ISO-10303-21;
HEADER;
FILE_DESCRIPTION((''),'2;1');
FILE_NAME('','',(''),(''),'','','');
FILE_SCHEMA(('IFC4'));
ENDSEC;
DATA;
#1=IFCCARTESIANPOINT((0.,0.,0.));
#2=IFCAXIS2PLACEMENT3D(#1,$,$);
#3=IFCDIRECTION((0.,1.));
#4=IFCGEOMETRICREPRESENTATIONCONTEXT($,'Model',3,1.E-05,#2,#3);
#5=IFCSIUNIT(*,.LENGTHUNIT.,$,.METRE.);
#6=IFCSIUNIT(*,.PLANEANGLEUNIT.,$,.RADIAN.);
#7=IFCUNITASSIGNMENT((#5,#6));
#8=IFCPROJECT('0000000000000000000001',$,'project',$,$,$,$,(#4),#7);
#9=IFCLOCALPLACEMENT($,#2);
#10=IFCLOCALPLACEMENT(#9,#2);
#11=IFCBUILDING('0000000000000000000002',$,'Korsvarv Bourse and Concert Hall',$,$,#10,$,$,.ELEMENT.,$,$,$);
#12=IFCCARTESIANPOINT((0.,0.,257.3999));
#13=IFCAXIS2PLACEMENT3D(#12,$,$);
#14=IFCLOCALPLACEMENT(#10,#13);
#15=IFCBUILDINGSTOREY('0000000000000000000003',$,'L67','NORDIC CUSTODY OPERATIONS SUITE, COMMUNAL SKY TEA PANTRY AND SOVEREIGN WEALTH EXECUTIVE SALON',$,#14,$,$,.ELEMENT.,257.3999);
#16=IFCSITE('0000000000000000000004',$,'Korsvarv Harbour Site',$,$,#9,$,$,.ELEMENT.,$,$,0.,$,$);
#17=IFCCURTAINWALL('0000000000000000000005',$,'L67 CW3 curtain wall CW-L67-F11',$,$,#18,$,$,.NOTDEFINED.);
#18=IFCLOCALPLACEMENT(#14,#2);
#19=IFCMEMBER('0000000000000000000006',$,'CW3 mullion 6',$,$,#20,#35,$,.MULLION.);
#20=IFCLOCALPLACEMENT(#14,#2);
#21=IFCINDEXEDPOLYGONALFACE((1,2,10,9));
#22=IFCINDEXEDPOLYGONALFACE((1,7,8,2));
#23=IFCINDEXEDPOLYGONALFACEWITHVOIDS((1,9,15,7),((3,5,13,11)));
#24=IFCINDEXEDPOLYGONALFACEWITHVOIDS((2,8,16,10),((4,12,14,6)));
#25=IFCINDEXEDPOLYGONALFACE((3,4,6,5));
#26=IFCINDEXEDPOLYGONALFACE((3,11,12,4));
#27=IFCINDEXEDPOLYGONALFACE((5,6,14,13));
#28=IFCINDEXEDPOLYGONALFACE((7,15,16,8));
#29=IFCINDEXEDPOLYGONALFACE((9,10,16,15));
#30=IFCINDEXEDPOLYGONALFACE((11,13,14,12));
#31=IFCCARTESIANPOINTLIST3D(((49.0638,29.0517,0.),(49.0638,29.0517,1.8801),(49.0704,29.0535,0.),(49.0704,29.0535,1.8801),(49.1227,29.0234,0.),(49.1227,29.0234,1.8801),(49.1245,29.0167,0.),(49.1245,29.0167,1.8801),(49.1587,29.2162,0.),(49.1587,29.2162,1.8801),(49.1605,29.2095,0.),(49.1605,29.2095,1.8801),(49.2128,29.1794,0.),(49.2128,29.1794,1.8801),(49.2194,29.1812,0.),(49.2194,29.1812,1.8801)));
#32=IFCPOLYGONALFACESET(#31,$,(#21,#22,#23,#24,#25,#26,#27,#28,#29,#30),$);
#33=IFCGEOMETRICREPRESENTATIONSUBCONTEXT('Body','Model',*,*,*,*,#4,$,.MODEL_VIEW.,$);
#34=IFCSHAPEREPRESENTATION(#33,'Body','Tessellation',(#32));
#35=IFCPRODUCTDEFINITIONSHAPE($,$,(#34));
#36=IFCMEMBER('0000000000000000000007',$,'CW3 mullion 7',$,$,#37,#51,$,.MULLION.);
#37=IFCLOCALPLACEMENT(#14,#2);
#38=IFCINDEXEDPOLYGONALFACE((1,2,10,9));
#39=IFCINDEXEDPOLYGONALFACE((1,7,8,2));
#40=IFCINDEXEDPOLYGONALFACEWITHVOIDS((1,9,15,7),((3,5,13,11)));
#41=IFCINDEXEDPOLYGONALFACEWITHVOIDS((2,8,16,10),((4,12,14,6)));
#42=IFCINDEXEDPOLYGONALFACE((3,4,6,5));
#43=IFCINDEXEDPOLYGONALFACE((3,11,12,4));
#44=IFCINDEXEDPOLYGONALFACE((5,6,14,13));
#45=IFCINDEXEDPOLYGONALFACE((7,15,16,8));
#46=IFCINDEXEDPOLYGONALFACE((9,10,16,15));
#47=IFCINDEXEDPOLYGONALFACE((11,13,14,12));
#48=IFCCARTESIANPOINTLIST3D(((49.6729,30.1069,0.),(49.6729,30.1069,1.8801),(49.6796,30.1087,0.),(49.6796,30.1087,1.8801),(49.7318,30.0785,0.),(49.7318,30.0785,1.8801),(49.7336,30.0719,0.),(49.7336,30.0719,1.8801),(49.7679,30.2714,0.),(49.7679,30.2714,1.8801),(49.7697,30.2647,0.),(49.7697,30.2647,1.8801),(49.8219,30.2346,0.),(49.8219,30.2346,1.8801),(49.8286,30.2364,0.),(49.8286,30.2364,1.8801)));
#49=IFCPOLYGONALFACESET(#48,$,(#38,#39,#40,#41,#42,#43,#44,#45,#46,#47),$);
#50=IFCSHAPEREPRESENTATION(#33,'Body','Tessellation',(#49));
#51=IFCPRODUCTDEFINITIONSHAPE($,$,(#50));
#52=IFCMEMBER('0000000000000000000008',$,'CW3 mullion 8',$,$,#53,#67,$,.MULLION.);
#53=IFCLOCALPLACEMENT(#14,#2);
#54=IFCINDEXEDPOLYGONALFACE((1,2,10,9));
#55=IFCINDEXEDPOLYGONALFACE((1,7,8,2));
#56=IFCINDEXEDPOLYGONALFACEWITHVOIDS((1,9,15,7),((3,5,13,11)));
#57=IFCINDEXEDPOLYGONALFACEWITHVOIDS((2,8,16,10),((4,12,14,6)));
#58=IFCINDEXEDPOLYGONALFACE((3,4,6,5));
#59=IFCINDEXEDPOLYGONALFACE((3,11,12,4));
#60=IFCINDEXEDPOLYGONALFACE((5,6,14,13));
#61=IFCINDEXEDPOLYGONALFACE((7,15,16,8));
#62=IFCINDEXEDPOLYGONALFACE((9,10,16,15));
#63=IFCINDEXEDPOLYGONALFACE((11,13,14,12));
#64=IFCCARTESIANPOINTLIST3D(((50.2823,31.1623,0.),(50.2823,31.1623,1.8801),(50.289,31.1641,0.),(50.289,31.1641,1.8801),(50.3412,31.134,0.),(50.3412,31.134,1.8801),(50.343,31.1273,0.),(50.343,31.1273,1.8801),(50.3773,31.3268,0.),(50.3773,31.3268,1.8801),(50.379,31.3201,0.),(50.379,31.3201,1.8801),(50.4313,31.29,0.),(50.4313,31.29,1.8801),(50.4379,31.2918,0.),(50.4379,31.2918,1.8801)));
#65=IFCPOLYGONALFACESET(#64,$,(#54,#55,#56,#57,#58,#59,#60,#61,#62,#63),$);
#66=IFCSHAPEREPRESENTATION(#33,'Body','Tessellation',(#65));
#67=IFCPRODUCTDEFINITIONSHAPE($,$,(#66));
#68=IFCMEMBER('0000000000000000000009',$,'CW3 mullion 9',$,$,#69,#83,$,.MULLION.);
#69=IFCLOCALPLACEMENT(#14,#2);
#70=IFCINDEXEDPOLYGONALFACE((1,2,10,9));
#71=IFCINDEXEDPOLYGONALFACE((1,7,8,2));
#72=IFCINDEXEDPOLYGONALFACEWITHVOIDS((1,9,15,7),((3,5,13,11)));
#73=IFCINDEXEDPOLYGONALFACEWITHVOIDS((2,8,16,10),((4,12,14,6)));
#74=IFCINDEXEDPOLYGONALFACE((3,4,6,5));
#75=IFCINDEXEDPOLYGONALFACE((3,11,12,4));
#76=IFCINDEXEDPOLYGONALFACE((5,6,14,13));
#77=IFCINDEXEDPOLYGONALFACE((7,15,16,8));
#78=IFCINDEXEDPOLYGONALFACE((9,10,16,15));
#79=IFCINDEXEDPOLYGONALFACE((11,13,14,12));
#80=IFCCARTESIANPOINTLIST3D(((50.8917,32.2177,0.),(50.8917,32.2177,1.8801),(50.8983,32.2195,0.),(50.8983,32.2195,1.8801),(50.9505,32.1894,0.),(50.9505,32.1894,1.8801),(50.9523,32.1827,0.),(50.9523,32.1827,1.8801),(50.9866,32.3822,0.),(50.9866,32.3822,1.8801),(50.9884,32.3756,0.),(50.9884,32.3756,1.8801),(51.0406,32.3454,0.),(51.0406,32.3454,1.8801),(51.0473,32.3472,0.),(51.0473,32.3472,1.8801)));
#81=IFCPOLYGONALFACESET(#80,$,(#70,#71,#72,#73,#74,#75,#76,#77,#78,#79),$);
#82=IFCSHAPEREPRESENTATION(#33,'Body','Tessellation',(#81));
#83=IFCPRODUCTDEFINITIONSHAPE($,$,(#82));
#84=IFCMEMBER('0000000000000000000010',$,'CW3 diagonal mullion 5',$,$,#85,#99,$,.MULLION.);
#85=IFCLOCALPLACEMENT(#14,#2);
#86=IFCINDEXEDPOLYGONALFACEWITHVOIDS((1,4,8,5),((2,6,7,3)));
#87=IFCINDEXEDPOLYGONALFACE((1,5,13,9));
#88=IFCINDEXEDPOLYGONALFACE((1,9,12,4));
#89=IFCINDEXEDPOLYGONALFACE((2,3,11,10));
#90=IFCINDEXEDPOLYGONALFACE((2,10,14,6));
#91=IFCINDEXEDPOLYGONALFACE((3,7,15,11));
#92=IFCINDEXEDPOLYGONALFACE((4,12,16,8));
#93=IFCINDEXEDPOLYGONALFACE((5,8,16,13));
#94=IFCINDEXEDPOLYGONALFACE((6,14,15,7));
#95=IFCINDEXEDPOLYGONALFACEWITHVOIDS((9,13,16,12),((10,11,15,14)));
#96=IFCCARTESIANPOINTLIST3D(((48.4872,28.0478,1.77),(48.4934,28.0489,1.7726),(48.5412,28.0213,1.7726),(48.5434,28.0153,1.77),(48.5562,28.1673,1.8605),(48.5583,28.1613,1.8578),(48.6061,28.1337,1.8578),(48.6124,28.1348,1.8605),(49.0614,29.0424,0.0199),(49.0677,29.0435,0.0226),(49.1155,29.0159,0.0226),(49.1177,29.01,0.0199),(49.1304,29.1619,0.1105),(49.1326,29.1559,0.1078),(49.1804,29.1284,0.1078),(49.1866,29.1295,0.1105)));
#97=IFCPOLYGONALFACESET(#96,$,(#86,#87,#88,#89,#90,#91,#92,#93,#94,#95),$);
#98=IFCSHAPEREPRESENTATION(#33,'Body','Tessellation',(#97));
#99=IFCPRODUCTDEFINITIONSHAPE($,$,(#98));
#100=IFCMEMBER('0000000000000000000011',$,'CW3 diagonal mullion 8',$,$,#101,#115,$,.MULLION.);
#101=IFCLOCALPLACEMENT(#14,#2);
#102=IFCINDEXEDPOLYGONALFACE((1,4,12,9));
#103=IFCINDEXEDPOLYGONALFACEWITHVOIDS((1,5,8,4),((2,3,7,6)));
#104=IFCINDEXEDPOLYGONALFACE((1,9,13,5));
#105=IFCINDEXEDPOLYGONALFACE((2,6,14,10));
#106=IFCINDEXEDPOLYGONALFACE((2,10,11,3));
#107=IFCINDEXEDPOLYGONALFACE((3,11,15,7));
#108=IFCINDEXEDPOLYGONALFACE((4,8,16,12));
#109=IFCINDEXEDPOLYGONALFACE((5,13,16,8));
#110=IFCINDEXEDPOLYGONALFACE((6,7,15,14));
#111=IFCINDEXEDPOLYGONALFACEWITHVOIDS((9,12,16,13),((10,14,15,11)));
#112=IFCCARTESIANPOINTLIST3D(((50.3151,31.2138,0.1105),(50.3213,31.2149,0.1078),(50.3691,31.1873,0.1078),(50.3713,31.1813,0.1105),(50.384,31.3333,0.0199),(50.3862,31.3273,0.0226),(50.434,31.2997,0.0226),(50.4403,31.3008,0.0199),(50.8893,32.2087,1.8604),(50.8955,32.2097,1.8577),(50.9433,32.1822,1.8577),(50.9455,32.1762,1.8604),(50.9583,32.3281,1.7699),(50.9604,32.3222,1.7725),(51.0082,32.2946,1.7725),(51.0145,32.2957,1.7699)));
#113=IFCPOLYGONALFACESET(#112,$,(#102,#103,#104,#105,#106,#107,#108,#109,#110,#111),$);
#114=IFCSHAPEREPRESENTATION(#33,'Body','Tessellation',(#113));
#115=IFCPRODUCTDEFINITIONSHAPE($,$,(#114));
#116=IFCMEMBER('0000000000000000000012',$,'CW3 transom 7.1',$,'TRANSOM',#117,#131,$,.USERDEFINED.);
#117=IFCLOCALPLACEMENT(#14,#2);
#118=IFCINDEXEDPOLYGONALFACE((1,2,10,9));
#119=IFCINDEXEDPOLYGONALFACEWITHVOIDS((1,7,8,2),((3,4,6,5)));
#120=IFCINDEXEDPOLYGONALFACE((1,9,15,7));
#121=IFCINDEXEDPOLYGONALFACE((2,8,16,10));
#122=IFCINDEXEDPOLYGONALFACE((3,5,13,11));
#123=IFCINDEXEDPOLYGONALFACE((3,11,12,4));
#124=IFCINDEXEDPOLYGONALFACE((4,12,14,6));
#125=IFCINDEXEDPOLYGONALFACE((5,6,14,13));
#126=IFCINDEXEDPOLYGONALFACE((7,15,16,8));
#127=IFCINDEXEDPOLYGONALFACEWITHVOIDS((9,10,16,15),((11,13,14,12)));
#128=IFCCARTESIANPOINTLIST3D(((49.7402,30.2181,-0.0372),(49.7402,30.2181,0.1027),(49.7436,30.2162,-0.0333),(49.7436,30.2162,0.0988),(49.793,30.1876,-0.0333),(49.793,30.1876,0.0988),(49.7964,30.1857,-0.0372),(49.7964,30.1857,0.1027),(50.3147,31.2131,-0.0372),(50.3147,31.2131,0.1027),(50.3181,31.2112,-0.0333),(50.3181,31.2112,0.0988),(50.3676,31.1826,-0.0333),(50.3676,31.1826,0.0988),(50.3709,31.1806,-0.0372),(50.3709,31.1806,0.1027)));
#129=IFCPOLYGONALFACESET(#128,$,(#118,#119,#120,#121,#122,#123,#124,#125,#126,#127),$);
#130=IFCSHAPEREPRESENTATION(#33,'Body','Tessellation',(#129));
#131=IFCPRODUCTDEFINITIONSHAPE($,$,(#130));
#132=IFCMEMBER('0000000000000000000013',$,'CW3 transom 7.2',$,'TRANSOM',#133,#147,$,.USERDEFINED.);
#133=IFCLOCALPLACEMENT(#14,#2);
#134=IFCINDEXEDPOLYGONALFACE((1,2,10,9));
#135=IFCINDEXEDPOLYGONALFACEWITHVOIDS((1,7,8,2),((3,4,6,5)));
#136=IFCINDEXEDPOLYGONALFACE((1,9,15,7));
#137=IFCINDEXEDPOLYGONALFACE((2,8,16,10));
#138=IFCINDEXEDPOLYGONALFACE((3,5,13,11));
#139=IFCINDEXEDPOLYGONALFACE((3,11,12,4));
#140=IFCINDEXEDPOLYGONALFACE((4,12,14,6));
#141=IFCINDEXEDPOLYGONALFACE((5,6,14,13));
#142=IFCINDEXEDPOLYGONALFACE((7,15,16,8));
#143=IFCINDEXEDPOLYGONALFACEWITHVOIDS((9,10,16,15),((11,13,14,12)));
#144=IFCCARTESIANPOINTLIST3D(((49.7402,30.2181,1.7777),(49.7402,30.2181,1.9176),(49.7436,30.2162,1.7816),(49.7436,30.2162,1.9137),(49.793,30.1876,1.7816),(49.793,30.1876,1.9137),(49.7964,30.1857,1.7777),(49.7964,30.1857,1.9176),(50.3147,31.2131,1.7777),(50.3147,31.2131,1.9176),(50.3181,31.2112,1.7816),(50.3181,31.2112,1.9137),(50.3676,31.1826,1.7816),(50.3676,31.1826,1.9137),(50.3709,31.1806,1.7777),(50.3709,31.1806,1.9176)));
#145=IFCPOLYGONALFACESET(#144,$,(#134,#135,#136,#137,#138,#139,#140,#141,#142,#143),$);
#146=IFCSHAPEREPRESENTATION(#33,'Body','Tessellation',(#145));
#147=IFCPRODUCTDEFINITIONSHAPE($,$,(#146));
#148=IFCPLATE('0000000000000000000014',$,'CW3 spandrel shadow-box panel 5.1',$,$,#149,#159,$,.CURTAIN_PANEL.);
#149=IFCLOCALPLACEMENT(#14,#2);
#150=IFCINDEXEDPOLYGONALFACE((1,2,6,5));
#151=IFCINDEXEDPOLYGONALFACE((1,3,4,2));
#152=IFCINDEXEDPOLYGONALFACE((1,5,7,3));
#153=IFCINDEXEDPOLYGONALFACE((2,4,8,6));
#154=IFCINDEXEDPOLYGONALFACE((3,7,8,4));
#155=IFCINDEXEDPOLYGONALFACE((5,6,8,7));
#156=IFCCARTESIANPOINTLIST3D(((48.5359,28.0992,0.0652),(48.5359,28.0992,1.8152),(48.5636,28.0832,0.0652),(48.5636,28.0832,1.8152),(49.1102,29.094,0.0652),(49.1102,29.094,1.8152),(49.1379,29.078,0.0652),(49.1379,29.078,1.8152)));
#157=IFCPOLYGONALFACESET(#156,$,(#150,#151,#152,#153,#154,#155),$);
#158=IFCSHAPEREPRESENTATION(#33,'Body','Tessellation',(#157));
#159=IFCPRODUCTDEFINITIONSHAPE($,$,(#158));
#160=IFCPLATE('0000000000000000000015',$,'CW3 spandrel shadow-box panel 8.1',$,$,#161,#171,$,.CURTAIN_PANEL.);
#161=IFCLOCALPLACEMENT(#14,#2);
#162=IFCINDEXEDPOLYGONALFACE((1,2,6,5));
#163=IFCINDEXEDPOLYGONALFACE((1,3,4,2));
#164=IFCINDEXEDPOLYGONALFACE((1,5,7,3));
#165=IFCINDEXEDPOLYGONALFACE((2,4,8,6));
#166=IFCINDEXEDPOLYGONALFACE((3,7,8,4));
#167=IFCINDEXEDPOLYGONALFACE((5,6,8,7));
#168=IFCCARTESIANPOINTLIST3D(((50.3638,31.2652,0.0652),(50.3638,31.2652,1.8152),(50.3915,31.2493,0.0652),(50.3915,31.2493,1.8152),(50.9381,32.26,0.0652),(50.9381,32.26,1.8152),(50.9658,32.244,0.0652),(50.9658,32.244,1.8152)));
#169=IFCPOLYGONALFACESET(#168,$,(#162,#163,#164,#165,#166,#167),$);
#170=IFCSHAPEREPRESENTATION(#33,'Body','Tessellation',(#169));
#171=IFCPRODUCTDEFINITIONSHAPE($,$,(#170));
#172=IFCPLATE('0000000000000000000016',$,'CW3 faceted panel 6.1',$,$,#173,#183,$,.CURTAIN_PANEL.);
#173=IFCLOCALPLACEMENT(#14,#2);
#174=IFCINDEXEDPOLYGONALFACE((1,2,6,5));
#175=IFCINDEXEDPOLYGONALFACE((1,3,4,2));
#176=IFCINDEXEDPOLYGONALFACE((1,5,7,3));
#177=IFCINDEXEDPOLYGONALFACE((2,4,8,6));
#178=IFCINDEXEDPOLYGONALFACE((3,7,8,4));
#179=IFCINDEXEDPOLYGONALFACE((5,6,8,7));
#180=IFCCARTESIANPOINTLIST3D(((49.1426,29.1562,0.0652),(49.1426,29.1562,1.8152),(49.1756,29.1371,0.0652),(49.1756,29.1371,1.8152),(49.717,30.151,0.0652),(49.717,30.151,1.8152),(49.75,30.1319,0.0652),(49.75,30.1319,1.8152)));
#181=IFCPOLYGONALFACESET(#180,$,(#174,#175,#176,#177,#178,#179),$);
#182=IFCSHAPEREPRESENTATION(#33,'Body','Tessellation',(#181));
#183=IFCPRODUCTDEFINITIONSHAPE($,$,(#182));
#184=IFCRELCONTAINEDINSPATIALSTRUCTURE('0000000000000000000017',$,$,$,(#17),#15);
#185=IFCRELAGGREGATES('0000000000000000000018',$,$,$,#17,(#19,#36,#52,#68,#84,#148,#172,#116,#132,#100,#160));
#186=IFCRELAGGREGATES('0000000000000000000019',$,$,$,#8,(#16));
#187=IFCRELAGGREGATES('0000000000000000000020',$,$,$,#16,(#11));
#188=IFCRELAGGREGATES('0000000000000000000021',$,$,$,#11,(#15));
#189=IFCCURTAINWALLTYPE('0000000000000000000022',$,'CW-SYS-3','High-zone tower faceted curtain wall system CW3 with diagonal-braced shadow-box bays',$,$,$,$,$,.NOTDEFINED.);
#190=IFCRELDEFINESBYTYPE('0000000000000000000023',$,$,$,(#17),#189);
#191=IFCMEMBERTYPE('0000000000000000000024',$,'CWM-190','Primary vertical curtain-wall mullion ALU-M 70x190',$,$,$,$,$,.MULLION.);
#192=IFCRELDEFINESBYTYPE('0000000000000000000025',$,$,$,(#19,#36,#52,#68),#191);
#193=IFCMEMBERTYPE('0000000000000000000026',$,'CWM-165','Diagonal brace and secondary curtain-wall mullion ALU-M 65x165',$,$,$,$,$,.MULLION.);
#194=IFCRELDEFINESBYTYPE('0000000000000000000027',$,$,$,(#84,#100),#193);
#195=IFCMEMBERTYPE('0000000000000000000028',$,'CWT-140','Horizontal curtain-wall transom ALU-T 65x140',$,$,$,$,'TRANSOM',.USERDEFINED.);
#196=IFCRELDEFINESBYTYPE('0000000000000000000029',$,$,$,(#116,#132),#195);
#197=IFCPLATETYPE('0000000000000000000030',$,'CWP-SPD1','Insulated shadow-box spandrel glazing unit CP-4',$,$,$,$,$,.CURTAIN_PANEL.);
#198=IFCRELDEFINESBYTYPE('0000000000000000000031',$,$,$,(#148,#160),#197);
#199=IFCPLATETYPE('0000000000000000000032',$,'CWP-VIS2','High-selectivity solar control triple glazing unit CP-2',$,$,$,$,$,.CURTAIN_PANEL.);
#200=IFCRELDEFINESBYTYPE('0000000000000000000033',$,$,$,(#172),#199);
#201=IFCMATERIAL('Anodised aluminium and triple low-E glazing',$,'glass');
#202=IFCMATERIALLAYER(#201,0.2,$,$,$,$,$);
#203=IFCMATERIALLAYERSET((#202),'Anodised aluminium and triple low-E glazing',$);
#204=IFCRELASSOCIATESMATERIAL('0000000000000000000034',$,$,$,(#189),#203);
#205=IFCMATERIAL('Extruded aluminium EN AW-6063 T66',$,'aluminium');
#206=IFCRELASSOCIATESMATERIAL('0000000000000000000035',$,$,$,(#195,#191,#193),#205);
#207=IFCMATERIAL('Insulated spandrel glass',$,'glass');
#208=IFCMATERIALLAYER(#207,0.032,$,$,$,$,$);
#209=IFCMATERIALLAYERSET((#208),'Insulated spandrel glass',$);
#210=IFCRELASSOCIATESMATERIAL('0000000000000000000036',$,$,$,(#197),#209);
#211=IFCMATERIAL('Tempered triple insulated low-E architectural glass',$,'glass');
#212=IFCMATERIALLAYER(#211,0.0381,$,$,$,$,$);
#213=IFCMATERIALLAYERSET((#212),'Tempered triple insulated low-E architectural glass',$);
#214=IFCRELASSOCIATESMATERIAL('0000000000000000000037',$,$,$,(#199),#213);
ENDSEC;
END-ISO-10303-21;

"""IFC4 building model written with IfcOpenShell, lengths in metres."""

from ifc_helpers import new_model, si_unit, direction, frame, origin, origin_2d, place, context, subcontext, project, spatial, rectangle, hollow_rectangle, extrude, source, transform, mapped, material, layer, layer_set, material_profile, profile_set, type_object, element, aggregate, save


model = new_model("IFC4")

# Units and contexts
model_context = context("Model", 3, precision=1e-05, world=origin(), true_north=direction((0.0, 1.0)))
body_context = subcontext(model_context, "Body", "Model", "MODEL_VIEW")
ifc_project = project(units=[si_unit("LENGTHUNIT", "METRE"), si_unit("PLANEANGLEUNIT", "RADIAN")], contexts=[model_context])

# Site, building, storey
site_placement = place(None, origin())
site = spatial("IfcSite", under=ifc_project, at=site_placement, Name="Korsvarv Harbour Site", CompositionType="ELEMENT", RefElevation=0.0)
building_placement = place(site_placement, origin())
building = spatial("IfcBuilding", under=site, at=building_placement, Name="Korsvarv Bourse and Concert Hall", CompositionType="ELEMENT")
storey_placement = place(building_placement, frame((0.0, 0.0, 257.3999)))
storey = spatial("IfcBuildingStorey", under=building, at=storey_placement, Name="L67", Description="NORDIC CUSTODY OPERATIONS SUITE, COMMUNAL SKY TEA PANTRY AND SOVEREIGN WEALTH EXECUTIVE SALON", CompositionType="ELEMENT", Elevation=257.3999)

# Curtain wall, members, plates
ifc_material_1 = material(Name="Anodised aluminium and triple low-E glazing", Category="glass")
ifc_layer_1 = layer(ifc_material_1, 0.2)
ifc_layer_set_1 = layer_set([ifc_layer_1], Name="Anodised aluminium and triple low-E glazing")
curtain_wall_type = type_object("IfcCurtainWallType", Name="CW-SYS-3", Description="High-zone tower faceted curtain wall system CW3 with diagonal-braced shadow-box bays", PredefinedType="NOTDEFINED", material=ifc_layer_set_1)
curtain_wall_placement = place(storey_placement, origin())
curtain_wall = element("IfcCurtainWall", 1, at=curtain_wall_placement, inside=storey, type_object=curtain_wall_type, Name="L67 CW3 curtain wall CW-L67-F11", PredefinedType="NOTDEFINED")
ifc_material_2 = material(Name="Extruded aluminium EN AW-6063 T66", Category="aluminium")
ifc_material_profile_1 = material_profile(ifc_material_2, hollow_rectangle(XDim=0.0649, YDim=0.1399, WallThickness=0.0039, at=origin_2d()), Name="ALU-T 65x140")
ifc_profile_set_1 = profile_set([ifc_material_profile_1], Name="Extruded aluminium EN AW-6063 T66")
member_type_1 = type_object("IfcMemberType", Name="CWT-140", Description="Horizontal curtain-wall transom ALU-T 65x140", ElementType="TRANSOM", PredefinedType="USERDEFINED", material=ifc_profile_set_1)
ifc_material_profile_2 = material_profile(ifc_material_2, hollow_rectangle(XDim=0.0701, YDim=0.1899, WallThickness=0.0049, at=origin_2d()), Name="ALU-M 70x190")
ifc_profile_set_2 = profile_set([ifc_material_profile_2], Name="Extruded aluminium EN AW-6063 T66")
member_type_2 = type_object("IfcMemberType", Name="CWM-190", Description="Primary vertical curtain-wall mullion ALU-M 70x190", PredefinedType="MULLION", material=ifc_profile_set_2)
shared_shape_1 = source(origin(), body_context, "Body", "SweptSolid", [
    extrude(hollow_rectangle(XDim=0.0701, YDim=0.1899, WallThickness=0.0049, at=origin_2d()), origin(), (0.0, 0.0, 1.0), 1.8801),
])
member_1_placement = place(storey_placement, frame((49.1416, 29.1165, 0.0), z_axis=(0.0, 0.0, 1.0), x_axis=(-0.866023, 0.500004, 0.0)))
member_1 = element("IfcMember", 2, at=member_1_placement, type_object=member_type_2, Name="CW3 mullion 6", PredefinedType="MULLION", context=body_context, shape_type="MappedRepresentation", body=[
    mapped(shared_shape_1, transform((0.0, 0.0, 0.0), scale=1.0)),
])
member_2_placement = place(storey_placement, frame((49.7507, 30.1716, 0.0), z_axis=(0.0, 0.0, 1.0), x_axis=(-0.866023, 0.500004, 0.0)))
member_2 = element("IfcMember", 3, at=member_2_placement, type_object=member_type_2, Name="CW3 mullion 7", PredefinedType="MULLION", context=body_context, shape_type="MappedRepresentation", body=[
    mapped(shared_shape_1, transform((0.0, 0.0, 0.0), scale=1.0)),
])
member_3_placement = place(storey_placement, frame((50.3601, 31.2271, 0.0), z_axis=(0.0, 0.0, 1.0), x_axis=(-0.866023, 0.500004, 0.0)))
member_3 = element("IfcMember", 4, at=member_3_placement, type_object=member_type_2, Name="CW3 mullion 8", PredefinedType="MULLION", context=body_context, shape_type="MappedRepresentation", body=[
    mapped(shared_shape_1, transform((0.0, 0.0, 0.0), scale=1.0)),
])
member_4_placement = place(storey_placement, frame((50.9695, 32.2825, 0.0), z_axis=(0.0, 0.0, 1.0), x_axis=(-0.866023, 0.500004, 0.0)))
member_4 = element("IfcMember", 5, at=member_4_placement, type_object=member_type_2, Name="CW3 mullion 9", PredefinedType="MULLION", context=body_context, shape_type="MappedRepresentation", body=[
    mapped(shared_shape_1, transform((0.0, 0.0, 0.0), scale=1.0)),
])
ifc_material_profile_3 = material_profile(ifc_material_2, hollow_rectangle(XDim=0.0649, YDim=0.165, WallThickness=0.0049, at=origin_2d()), Name="ALU-M 65x165")
ifc_profile_set_3 = profile_set([ifc_material_profile_3], Name="Extruded aluminium EN AW-6063 T66")
member_type_3 = type_object("IfcMemberType", Name="CWM-165", Description="Diagonal brace and secondary curtain-wall mullion ALU-M 65x165", PredefinedType="MULLION", material=ifc_profile_set_3)
shared_shape_2 = source(origin(), body_context, "Body", "SweptSolid", [
    extrude(hollow_rectangle(XDim=0.0649, YDim=0.165, WallThickness=0.0049, at=origin_2d()), origin(), (0.0, 0.0, 1.0), 2.0933),
])
member_5_placement = place(storey_placement, frame((49.124, 29.0859, 0.0652), z_axis=(-0.274325, -0.47517, 0.836038), x_axis=(0.866037, -0.49998, 0.0)))
member_5 = element("IfcMember", 6, at=member_5_placement, type_object=member_type_3, Name="CW3 diagonal mullion 5", PredefinedType="MULLION", context=body_context, shape_type="MappedRepresentation", body=[
    mapped(shared_shape_2, transform((0.0, 0.0, 0.0), scale=1.0)),
])
member_6_placement = place(storey_placement, frame((50.3777, 31.2573, 0.0652), z_axis=(0.27431, 0.47526, 0.835992), x_axis=(-0.86609, 0.499888, 0.0)))
member_6 = element("IfcMember", 7, at=member_6_placement, type_object=member_type_3, Name="CW3 diagonal mullion 8", PredefinedType="MULLION", context=body_context, shape_type="MappedRepresentation", body=[
    mapped(shared_shape_2, transform((0.0, 0.0, 0.0), scale=1.0)),
])
shared_shape_3 = source(origin(), body_context, "Body", "SweptSolid", [
    extrude(hollow_rectangle(XDim=0.0649, YDim=0.1399, WallThickness=0.0039, at=origin_2d()), origin(), (0.0, 0.0, 1.0), 1.1489),
])
member_7_placement = place(storey_placement, frame((49.7683, 30.2019, 0.0327), z_axis=(0.500047, 0.865998, 0.0), x_axis=(-0.865998, 0.500047, 0.0)))
member_7 = element("IfcMember", 8, at=member_7_placement, type_object=member_type_1, Name="CW3 transom 7.1", ObjectType="TRANSOM", PredefinedType="USERDEFINED", context=body_context, shape_type="MappedRepresentation", body=[
    mapped(shared_shape_3, transform((0.0, 0.0, 0.0), scale=1.0)),
])
member_8_placement = place(storey_placement, frame((49.7683, 30.2019, 1.8477), z_axis=(0.500047, 0.865998, 0.0), x_axis=(-0.865998, 0.500047, 0.0)))
member_8 = element("IfcMember", 9, at=member_8_placement, type_object=member_type_1, Name="CW3 transom 7.2", ObjectType="TRANSOM", PredefinedType="USERDEFINED", context=body_context, shape_type="MappedRepresentation", body=[
    mapped(shared_shape_3, transform((0.0, 0.0, 0.0), scale=1.0)),
])
ifc_material_3 = material(Name="Insulated spandrel glass", Category="glass")
ifc_layer_2 = layer(ifc_material_3, 0.032)
ifc_layer_set_2 = layer_set([ifc_layer_2], Name="Insulated spandrel glass")
plate_type_1 = type_object("IfcPlateType", Name="CWP-SPD1", Description="Insulated shadow-box spandrel glazing unit CP-4", PredefinedType="CURTAIN_PANEL", material=ifc_layer_set_2)
shared_shape_4 = source(origin(), body_context, "Body", "SweptSolid", [
    extrude(rectangle(XDim=1.1487, YDim=0.032, at=origin_2d()), origin(), (0.0, 0.0, 1.0), 1.75),
])
plate_1_placement = place(storey_placement, frame((48.8369, 28.5886, 0.0652), z_axis=(0.0, 0.0, 1.0), x_axis=(0.500004, 0.866023, 0.0)))
plate_1 = element("IfcPlate", 10, at=plate_1_placement, type_object=plate_type_1, Name="CW3 spandrel shadow-box panel 5.1", PredefinedType="CURTAIN_PANEL", context=body_context, shape_type="MappedRepresentation", body=[
    mapped(shared_shape_4, transform((0.0, 0.0, 0.0), scale=1.0)),
])
plate_2_placement = place(storey_placement, frame((50.6648, 31.7546, 0.0652), z_axis=(0.0, 0.0, 1.0), x_axis=(0.500004, 0.866023, 0.0)))
plate_2 = element("IfcPlate", 11, at=plate_2_placement, type_object=plate_type_1, Name="CW3 spandrel shadow-box panel 8.1", PredefinedType="CURTAIN_PANEL", context=body_context, shape_type="MappedRepresentation", body=[
    mapped(shared_shape_4, transform((0.0, 0.0, 0.0), scale=1.0)),
])
ifc_material_4 = material(Name="Tempered triple insulated low-E architectural glass", Category="glass")
ifc_layer_3 = layer(ifc_material_4, 0.0381)
ifc_layer_set_3 = layer_set([ifc_layer_3], Name="Tempered triple insulated low-E architectural glass")
plate_type_2 = type_object("IfcPlateType", Name="CWP-VIS2", Description="High-selectivity solar control triple glazing unit CP-2", PredefinedType="CURTAIN_PANEL", material=ifc_layer_set_3)
shared_shape_5 = source(origin(), body_context, "Body", "SweptSolid", [
    extrude(rectangle(XDim=1.1487, YDim=0.0381, at=origin_2d()), origin(), (0.0, 0.0, 1.0), 1.75),
])
plate_3_placement = place(storey_placement, frame((49.4463, 29.644, 0.0652), z_axis=(0.0, 0.0, 1.0), x_axis=(0.500004, 0.866023, 0.0)))
plate_3 = element("IfcPlate", 12, at=plate_3_placement, type_object=plate_type_2, Name="CW3 faceted panel 6.1", PredefinedType="CURTAIN_PANEL", context=body_context, shape_type="MappedRepresentation", body=[
    mapped(shared_shape_5, transform((0.0, 0.0, 0.0), scale=1.0)),
])
aggregate(curtain_wall, [member_1, member_2, member_3, member_4, member_5, plate_1, plate_3, member_7, member_8, member_6, plate_2])

save(model, "model.ifc")
